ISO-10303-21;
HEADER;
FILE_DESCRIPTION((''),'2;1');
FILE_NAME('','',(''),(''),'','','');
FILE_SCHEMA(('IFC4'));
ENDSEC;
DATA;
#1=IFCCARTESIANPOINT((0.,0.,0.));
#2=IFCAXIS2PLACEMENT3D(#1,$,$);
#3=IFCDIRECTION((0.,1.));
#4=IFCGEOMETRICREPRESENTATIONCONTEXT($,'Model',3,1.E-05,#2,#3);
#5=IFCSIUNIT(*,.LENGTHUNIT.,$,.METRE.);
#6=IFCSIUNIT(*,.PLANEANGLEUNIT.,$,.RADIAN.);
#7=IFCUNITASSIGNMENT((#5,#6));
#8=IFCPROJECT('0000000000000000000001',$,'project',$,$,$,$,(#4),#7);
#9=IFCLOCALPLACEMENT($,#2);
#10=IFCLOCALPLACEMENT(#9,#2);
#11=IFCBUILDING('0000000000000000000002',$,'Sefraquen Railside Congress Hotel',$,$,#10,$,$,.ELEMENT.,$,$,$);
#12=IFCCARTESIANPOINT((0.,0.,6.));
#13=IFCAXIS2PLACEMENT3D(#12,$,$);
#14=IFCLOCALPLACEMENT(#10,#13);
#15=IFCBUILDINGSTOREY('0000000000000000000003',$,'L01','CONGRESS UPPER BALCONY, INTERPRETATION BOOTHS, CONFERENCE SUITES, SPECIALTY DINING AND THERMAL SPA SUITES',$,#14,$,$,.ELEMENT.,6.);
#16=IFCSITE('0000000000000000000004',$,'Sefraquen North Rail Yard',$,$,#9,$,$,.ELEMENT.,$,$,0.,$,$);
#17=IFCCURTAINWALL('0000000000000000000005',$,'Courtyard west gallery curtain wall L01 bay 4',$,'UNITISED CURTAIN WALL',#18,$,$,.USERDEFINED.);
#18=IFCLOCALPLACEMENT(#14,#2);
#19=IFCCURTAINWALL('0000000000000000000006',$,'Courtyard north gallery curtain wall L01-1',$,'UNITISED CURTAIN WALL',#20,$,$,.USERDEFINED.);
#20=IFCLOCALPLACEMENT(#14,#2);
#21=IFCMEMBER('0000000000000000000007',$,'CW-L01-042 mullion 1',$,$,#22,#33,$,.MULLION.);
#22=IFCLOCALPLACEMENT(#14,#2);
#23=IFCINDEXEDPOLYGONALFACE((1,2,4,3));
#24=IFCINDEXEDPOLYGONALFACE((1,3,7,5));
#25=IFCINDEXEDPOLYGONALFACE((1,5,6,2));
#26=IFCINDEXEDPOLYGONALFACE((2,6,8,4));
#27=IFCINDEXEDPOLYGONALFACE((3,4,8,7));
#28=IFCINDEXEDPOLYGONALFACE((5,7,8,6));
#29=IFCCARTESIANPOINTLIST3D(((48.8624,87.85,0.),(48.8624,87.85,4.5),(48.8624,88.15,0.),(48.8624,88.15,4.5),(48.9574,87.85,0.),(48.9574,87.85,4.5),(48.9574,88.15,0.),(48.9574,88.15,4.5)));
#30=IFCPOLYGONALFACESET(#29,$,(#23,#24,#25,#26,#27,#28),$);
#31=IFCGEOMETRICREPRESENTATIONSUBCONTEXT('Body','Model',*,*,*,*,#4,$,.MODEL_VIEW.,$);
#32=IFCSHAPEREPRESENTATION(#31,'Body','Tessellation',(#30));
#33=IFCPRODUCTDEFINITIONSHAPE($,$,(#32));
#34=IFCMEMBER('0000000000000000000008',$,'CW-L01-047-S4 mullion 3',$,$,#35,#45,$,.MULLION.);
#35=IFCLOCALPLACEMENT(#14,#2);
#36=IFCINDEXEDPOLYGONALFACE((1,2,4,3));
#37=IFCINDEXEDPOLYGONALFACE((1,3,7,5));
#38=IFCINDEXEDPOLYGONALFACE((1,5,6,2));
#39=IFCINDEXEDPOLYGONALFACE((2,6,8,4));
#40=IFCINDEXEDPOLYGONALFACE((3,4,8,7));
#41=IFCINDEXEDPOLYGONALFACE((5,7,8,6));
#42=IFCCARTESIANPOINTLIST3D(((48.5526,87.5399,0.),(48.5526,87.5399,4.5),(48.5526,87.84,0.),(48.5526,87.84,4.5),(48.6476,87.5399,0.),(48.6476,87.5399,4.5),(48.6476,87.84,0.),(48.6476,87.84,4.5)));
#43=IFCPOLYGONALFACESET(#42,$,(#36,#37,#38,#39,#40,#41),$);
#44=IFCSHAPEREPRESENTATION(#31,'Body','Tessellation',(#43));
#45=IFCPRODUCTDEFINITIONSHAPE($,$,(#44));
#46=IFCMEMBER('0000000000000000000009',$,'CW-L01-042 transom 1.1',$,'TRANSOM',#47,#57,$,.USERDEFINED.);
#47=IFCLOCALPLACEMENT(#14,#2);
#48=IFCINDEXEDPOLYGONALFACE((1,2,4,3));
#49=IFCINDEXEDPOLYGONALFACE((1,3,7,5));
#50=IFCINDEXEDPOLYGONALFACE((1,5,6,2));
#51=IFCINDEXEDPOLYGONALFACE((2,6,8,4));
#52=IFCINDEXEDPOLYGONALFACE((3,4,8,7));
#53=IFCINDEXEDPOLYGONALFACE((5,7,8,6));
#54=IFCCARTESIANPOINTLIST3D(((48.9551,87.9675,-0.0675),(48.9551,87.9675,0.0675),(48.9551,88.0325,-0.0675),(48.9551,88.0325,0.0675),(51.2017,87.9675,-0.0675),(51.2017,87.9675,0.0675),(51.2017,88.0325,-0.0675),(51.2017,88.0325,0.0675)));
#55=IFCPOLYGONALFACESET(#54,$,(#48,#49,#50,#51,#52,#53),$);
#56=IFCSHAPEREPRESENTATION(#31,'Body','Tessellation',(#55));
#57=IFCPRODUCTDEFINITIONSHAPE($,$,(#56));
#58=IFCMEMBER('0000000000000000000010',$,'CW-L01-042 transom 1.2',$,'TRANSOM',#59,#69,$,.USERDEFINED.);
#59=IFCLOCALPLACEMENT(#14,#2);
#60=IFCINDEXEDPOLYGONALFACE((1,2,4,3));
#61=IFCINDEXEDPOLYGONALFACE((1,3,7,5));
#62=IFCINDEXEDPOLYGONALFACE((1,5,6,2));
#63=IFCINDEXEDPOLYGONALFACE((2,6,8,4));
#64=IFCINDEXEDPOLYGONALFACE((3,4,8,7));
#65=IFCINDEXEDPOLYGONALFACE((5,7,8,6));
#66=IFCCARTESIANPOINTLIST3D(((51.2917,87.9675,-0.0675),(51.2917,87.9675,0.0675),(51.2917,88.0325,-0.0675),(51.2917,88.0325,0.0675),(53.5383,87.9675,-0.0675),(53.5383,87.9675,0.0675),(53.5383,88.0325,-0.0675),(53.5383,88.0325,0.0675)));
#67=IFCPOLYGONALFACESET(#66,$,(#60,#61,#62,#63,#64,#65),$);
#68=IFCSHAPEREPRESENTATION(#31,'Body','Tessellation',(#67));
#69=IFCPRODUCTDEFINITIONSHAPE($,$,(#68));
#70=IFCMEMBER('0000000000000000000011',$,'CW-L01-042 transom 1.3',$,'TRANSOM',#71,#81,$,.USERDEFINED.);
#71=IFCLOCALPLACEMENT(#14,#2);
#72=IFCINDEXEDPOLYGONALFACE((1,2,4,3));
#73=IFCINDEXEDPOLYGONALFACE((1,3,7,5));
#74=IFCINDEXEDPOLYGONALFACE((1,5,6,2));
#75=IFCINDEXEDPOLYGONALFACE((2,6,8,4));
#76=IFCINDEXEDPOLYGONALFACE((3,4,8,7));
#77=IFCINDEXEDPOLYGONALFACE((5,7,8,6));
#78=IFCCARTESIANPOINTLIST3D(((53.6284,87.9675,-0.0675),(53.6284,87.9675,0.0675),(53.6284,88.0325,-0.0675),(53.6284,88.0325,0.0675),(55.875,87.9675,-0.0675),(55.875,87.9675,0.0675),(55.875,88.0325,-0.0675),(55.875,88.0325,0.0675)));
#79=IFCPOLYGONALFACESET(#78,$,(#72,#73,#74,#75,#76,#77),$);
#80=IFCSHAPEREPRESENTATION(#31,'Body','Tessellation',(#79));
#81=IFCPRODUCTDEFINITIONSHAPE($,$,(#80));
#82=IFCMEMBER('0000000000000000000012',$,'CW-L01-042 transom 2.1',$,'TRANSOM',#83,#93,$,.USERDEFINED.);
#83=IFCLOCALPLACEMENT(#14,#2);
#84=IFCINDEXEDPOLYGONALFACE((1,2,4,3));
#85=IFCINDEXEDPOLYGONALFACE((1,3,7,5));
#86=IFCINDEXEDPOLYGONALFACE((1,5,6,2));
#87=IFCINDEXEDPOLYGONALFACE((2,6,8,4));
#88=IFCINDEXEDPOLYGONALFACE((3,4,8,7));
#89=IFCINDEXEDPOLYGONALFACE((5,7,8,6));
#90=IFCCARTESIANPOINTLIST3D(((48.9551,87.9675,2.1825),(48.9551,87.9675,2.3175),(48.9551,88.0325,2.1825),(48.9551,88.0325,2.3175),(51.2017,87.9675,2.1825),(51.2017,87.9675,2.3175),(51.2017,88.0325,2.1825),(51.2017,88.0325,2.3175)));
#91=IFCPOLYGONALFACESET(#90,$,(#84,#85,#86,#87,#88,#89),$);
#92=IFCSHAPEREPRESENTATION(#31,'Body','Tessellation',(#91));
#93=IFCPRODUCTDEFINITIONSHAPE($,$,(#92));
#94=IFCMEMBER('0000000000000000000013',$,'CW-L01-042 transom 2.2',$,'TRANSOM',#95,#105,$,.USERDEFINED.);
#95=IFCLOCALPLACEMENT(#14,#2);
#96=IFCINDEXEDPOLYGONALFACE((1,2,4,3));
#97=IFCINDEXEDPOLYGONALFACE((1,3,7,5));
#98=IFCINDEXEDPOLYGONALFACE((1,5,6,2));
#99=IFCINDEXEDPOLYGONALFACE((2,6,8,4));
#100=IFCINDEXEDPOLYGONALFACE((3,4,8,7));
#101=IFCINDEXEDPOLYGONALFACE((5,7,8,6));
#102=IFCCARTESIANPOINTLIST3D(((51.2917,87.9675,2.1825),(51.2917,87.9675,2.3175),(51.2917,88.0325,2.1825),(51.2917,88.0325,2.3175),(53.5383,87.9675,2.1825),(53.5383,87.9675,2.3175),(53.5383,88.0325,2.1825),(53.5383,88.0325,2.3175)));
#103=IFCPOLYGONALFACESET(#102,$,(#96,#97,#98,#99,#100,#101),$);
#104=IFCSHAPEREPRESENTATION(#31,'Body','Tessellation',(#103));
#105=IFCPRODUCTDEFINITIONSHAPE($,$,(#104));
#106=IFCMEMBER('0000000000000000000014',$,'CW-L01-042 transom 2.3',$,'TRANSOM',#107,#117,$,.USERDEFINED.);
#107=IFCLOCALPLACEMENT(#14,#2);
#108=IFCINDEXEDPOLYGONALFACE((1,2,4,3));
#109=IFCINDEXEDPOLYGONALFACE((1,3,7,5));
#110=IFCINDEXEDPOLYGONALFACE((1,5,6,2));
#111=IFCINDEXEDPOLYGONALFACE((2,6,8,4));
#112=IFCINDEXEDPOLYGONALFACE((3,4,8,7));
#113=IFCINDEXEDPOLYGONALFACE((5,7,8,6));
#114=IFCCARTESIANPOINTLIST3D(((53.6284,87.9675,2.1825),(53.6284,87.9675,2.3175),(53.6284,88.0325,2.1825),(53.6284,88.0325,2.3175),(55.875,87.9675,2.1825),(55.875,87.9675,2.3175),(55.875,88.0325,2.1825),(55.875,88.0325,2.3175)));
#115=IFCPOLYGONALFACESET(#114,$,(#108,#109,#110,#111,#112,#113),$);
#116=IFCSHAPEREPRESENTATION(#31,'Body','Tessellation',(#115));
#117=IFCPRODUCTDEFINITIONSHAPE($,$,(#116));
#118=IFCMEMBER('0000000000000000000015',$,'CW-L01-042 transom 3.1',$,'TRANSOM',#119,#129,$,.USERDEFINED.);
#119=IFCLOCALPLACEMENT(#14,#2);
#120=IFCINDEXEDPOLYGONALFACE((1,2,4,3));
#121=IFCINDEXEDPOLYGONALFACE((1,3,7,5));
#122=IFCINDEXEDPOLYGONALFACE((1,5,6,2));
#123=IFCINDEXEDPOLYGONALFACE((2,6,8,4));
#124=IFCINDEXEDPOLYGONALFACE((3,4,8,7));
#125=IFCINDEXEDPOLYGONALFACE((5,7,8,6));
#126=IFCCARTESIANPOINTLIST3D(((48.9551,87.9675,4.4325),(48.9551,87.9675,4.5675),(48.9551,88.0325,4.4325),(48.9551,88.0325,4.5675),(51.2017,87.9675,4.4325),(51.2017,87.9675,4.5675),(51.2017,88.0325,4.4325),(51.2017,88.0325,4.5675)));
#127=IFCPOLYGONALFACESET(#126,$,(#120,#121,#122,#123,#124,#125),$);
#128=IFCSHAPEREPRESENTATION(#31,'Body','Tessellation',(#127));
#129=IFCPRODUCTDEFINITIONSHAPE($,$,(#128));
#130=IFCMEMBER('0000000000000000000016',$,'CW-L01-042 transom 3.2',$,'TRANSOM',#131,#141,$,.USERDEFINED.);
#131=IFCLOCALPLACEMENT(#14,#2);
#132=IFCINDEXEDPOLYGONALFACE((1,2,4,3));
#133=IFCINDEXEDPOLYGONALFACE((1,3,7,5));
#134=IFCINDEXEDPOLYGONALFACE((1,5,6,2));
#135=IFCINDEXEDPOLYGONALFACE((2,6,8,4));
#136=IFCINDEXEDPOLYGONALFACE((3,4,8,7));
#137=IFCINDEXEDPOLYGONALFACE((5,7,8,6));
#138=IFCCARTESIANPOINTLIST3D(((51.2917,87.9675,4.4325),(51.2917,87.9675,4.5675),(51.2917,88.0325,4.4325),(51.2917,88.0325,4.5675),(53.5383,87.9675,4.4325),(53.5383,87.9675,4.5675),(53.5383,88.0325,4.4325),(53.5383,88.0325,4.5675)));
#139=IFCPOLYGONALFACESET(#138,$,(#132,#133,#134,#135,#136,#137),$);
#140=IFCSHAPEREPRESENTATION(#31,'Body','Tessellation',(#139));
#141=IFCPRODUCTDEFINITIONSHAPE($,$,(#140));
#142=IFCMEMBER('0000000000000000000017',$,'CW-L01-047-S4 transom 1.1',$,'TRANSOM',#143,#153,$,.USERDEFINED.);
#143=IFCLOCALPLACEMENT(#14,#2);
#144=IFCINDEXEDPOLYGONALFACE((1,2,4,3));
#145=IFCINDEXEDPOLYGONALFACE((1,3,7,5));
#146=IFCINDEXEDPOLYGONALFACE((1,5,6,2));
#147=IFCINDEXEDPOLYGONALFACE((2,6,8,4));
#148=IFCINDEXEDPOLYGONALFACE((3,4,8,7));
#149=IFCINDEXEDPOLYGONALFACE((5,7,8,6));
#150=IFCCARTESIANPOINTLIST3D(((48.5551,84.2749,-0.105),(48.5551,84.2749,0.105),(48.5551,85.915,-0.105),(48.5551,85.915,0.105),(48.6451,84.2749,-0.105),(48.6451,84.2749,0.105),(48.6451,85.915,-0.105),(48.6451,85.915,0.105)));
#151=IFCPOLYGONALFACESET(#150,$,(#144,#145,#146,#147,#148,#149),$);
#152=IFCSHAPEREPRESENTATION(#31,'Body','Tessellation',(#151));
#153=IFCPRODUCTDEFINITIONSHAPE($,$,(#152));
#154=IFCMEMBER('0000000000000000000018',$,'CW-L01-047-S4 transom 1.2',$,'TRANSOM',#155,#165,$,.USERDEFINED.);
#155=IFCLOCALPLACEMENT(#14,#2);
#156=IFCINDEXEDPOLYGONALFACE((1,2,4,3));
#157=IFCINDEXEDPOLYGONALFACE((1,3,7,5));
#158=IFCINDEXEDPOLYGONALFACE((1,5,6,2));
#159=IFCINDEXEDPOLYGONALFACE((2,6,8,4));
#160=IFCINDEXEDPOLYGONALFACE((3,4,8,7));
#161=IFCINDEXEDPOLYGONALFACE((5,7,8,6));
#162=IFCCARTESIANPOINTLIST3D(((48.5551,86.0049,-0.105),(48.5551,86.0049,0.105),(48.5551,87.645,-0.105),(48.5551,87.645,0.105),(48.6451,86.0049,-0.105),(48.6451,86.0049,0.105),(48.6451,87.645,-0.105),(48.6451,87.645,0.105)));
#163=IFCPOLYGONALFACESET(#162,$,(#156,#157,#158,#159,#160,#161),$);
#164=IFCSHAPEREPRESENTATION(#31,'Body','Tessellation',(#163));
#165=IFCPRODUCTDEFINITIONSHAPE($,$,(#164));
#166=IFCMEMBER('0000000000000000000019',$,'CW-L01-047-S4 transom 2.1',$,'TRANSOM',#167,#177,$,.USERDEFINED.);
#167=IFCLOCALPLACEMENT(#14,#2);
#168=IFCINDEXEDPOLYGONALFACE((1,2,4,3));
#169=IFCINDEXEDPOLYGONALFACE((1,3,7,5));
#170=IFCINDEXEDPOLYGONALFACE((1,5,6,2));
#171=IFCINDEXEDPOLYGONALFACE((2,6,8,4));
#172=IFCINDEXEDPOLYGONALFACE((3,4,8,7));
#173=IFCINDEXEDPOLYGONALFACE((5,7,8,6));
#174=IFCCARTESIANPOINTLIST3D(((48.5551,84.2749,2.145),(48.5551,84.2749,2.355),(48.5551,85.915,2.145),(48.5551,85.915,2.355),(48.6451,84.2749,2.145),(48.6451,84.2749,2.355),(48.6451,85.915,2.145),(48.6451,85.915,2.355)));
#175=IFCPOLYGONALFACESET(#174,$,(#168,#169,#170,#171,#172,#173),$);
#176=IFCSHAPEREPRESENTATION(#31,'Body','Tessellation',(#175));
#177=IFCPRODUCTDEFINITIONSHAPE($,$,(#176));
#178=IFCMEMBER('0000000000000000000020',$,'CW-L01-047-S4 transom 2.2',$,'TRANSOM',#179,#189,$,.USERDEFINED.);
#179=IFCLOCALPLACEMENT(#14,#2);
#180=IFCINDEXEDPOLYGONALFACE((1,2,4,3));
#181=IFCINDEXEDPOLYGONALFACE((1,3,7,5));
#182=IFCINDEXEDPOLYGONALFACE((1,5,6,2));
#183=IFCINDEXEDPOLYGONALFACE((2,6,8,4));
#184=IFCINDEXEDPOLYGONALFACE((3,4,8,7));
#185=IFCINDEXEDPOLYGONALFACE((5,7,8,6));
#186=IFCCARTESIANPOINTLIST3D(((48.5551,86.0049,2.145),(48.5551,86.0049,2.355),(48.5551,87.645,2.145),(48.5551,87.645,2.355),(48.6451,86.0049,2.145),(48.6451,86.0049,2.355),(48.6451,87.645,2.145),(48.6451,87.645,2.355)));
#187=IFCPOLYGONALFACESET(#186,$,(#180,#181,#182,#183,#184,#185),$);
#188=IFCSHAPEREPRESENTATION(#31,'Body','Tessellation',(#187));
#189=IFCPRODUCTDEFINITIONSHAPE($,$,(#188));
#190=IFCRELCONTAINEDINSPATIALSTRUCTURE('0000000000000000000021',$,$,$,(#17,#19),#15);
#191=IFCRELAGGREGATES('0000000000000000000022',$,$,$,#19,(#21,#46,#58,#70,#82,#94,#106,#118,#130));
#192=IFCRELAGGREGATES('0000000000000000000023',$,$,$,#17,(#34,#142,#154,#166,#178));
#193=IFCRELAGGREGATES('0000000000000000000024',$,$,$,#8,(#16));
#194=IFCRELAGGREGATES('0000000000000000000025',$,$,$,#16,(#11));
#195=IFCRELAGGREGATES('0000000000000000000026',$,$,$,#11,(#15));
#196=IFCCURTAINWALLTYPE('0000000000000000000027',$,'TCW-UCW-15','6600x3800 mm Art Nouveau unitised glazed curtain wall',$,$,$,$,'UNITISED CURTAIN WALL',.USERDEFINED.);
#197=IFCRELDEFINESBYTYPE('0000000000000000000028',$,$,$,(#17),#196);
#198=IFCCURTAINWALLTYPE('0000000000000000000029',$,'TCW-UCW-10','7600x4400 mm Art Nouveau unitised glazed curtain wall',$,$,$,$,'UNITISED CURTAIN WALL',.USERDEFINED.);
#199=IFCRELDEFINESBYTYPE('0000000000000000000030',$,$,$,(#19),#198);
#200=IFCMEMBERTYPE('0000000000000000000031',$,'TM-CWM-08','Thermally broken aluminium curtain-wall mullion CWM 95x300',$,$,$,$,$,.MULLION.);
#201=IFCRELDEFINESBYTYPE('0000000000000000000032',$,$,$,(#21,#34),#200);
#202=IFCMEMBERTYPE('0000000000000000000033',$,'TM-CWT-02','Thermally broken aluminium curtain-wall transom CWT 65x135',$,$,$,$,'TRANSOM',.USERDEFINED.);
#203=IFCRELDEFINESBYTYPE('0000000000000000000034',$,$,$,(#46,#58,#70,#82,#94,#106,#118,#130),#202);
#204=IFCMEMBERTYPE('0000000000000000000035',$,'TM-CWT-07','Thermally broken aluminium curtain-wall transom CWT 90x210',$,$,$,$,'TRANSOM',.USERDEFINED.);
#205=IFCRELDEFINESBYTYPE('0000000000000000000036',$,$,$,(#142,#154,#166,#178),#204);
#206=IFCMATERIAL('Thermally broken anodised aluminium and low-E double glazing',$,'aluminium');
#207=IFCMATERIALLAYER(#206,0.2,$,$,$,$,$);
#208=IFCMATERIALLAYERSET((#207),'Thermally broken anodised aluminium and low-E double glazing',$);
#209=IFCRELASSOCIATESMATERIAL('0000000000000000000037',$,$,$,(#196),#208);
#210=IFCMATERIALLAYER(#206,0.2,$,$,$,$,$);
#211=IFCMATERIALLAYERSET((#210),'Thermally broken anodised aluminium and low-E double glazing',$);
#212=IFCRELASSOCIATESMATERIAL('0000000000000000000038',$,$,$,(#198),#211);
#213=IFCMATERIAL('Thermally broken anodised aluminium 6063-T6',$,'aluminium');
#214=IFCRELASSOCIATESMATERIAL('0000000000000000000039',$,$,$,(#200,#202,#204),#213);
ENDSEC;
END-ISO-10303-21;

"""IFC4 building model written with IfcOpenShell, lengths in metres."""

from ifc_helpers import new_model, si_unit, direction, frame, origin, origin_2d, place, context, subcontext, project, spatial, rectangle, extrude, material, layer, layer_set, material_profile, profile_set, type_object, element, aggregate, save


model = new_model("IFC4")

# Units and contexts
model_context = context("Model", 3, precision=1e-05, world=origin(), true_north=direction((0.0, 1.0)))
body_context = subcontext(model_context, "Body", "Model", "MODEL_VIEW")
ifc_project = project(units=[si_unit("LENGTHUNIT", "METRE"), si_unit("PLANEANGLEUNIT", "RADIAN")], contexts=[model_context])

# Site, building, storey
site_placement = place(None, origin())
site = spatial("IfcSite", under=ifc_project, at=site_placement, Name="Sefraquen North Rail Yard", CompositionType="ELEMENT", RefElevation=0.0)
building_placement = place(site_placement, origin())
building = spatial("IfcBuilding", under=site, at=building_placement, Name="Sefraquen Railside Congress Hotel", CompositionType="ELEMENT")
storey_placement = place(building_placement, frame((0.0, 0.0, 6.0)))
storey = spatial("IfcBuildingStorey", under=building, at=storey_placement, Name="L01", Description="CONGRESS UPPER BALCONY, INTERPRETATION BOOTHS, CONFERENCE SUITES, SPECIALTY DINING AND THERMAL SPA SUITES", CompositionType="ELEMENT", Elevation=6.0)

# Curtain wall
ifc_material_1 = material(Name="Thermally broken anodised aluminium and low-E double glazing", Category="aluminium")
ifc_layer_1 = layer(ifc_material_1, 0.2)
ifc_layer_set_1 = layer_set([ifc_layer_1], Name="Thermally broken anodised aluminium and low-E double glazing")
curtain_wall_type_1 = type_object("IfcCurtainWallType", Name="TCW-UCW-15", Description="6600x3800 mm Art Nouveau unitised glazed curtain wall", ElementType="UNITISED CURTAIN WALL", PredefinedType="USERDEFINED", material=ifc_layer_set_1)
curtain_wall_1_placement = place(storey_placement, origin())
curtain_wall_1 = element("IfcCurtainWall", 1, at=curtain_wall_1_placement, inside=storey, type_object=curtain_wall_type_1, Name="Courtyard west gallery curtain wall L01 bay 4", ObjectType="UNITISED CURTAIN WALL", PredefinedType="USERDEFINED")
ifc_material_2 = material(Name="Thermally broken anodised aluminium 6063-T6", Category="aluminium")

# Curtain wall, member
ifc_layer_2 = layer(ifc_material_1, 0.2)
ifc_layer_set_2 = layer_set([ifc_layer_2], Name="Thermally broken anodised aluminium and low-E double glazing")
curtain_wall_type_2 = type_object("IfcCurtainWallType", Name="TCW-UCW-10", Description="7600x4400 mm Art Nouveau unitised glazed curtain wall", ElementType="UNITISED CURTAIN WALL", PredefinedType="USERDEFINED", material=ifc_layer_set_2)
curtain_wall_2_placement = place(storey_placement, origin())
curtain_wall_2 = element("IfcCurtainWall", 2, at=curtain_wall_2_placement, inside=storey, type_object=curtain_wall_type_2, Name="Courtyard north gallery curtain wall L01-1", ObjectType="UNITISED CURTAIN WALL", PredefinedType="USERDEFINED")
ifc_material_profile_1 = material_profile(ifc_material_2, rectangle(XDim=0.095, YDim=0.3, at=origin_2d()), Name="CWM 95x300")
ifc_profile_set_1 = profile_set([ifc_material_profile_1], Name="Thermally broken anodised aluminium 6063-T6")
member_type_1 = type_object("IfcMemberType", Name="TM-CWM-08", Description="Thermally broken aluminium curtain-wall mullion CWM 95x300", PredefinedType="MULLION", material=ifc_profile_set_1)
member_1_placement = place(storey_placement, frame((48.9099, 88.0, 0.0), z_axis=(0.0, 0.0, 1.0), x_axis=(1.0, 0.0, 0.0)))
member_1 = element("IfcMember", 3, at=member_1_placement, type_object=member_type_1, Name="CW-L01-042 mullion 1", PredefinedType="MULLION", context=body_context, shape_type="SweptSolid", body=[
    extrude(rectangle(XDim=0.095, YDim=0.3, at=origin_2d()), origin(), (0.0, 0.0, 1.0), 4.5),
])

# Members
member_2_placement = place(storey_placement, frame((48.6001, 87.6899, 0.0), z_axis=(0.0, 0.0, 1.0), x_axis=(1.0, 0.0, 0.0)))
member_2 = element("IfcMember", 4, at=member_2_placement, type_object=member_type_1, Name="CW-L01-047-S4 mullion 3", PredefinedType="MULLION", context=body_context, shape_type="SweptSolid", body=[
    extrude(rectangle(XDim=0.095, YDim=0.3, at=origin_2d()), origin(), (0.0, 0.0, 1.0), 4.5),
])
ifc_material_profile_2 = material_profile(ifc_material_2, rectangle(XDim=0.0649, YDim=0.135, at=origin_2d()), Name="CWT 65x135")
ifc_profile_set_2 = profile_set([ifc_material_profile_2], Name="Thermally broken anodised aluminium 6063-T6")
member_type_2 = type_object("IfcMemberType", Name="TM-CWT-02", Description="Thermally broken aluminium curtain-wall transom CWT 65x135", ElementType="TRANSOM", PredefinedType="USERDEFINED", material=ifc_profile_set_2)
member_3_placement = place(storey_placement, frame((48.9551, 88.0, 0.0), z_axis=(1.0, 0.0, 0.0), x_axis=(0.0, 1.0, 0.0)))
member_3 = element("IfcMember", 5, at=member_3_placement, type_object=member_type_2, Name="CW-L01-042 transom 1.1", ObjectType="TRANSOM", PredefinedType="USERDEFINED", context=body_context, shape_type="SweptSolid", body=[
    extrude(rectangle(XDim=0.0649, YDim=0.135, at=origin_2d()), origin(), (0.0, 0.0, 1.0), 2.2466),
])
member_4_placement = place(storey_placement, frame((51.2917, 88.0, 0.0), z_axis=(1.0, 0.0, 0.0), x_axis=(0.0, 1.0, 0.0)))
member_4 = element("IfcMember", 6, at=member_4_placement, type_object=member_type_2, Name="CW-L01-042 transom 1.2", ObjectType="TRANSOM", PredefinedType="USERDEFINED", context=body_context, shape_type="SweptSolid", body=[
    extrude(rectangle(XDim=0.0649, YDim=0.135, at=origin_2d()), origin(), (0.0, 0.0, 1.0), 2.2466),
])
member_5_placement = place(storey_placement, frame((53.6284, 88.0, 0.0), z_axis=(1.0, 0.0, 0.0), x_axis=(0.0, 1.0, 0.0)))
member_5 = element("IfcMember", 7, at=member_5_placement, type_object=member_type_2, Name="CW-L01-042 transom 1.3", ObjectType="TRANSOM", PredefinedType="USERDEFINED", context=body_context, shape_type="SweptSolid", body=[
    extrude(rectangle(XDim=0.0649, YDim=0.135, at=origin_2d()), origin(), (0.0, 0.0, 1.0), 2.2466),
])
member_6_placement = place(storey_placement, frame((48.9551, 88.0, 2.25), z_axis=(1.0, 0.0, 0.0), x_axis=(0.0, 1.0, 0.0)))
member_6 = element("IfcMember", 8, at=member_6_placement, type_object=member_type_2, Name="CW-L01-042 transom 2.1", ObjectType="TRANSOM", PredefinedType="USERDEFINED", context=body_context, shape_type="SweptSolid", body=[
    extrude(rectangle(XDim=0.0649, YDim=0.135, at=origin_2d()), origin(), (0.0, 0.0, 1.0), 2.2466),
])
member_7_placement = place(storey_placement, frame((51.2917, 88.0, 2.25), z_axis=(1.0, 0.0, 0.0), x_axis=(0.0, 1.0, 0.0)))
member_7 = element("IfcMember", 9, at=member_7_placement, type_object=member_type_2, Name="CW-L01-042 transom 2.2", ObjectType="TRANSOM", PredefinedType="USERDEFINED", context=body_context, shape_type="SweptSolid", body=[
    extrude(rectangle(XDim=0.0649, YDim=0.135, at=origin_2d()), origin(), (0.0, 0.0, 1.0), 2.2466),
])
member_8_placement = place(storey_placement, frame((53.6284, 88.0, 2.25), z_axis=(1.0, 0.0, 0.0), x_axis=(0.0, 1.0, 0.0)))
member_8 = element("IfcMember", 10, at=member_8_placement, type_object=member_type_2, Name="CW-L01-042 transom 2.3", ObjectType="TRANSOM", PredefinedType="USERDEFINED", context=body_context, shape_type="SweptSolid", body=[
    extrude(rectangle(XDim=0.0649, YDim=0.135, at=origin_2d()), origin(), (0.0, 0.0, 1.0), 2.2466),
])
member_9_placement = place(storey_placement, frame((48.9551, 88.0, 4.5), z_axis=(1.0, 0.0, 0.0), x_axis=(0.0, 1.0, 0.0)))
member_9 = element("IfcMember", 11, at=member_9_placement, type_object=member_type_2, Name="CW-L01-042 transom 3.1", ObjectType="TRANSOM", PredefinedType="USERDEFINED", context=body_context, shape_type="SweptSolid", body=[
    extrude(rectangle(XDim=0.0649, YDim=0.135, at=origin_2d()), origin(), (0.0, 0.0, 1.0), 2.2466),
])
member_10_placement = place(storey_placement, frame((51.2917, 88.0, 4.5), z_axis=(1.0, 0.0, 0.0), x_axis=(0.0, 1.0, 0.0)))
member_10 = element("IfcMember", 12, at=member_10_placement, type_object=member_type_2, Name="CW-L01-042 transom 3.2", ObjectType="TRANSOM", PredefinedType="USERDEFINED", context=body_context, shape_type="SweptSolid", body=[
    extrude(rectangle(XDim=0.0649, YDim=0.135, at=origin_2d()), origin(), (0.0, 0.0, 1.0), 2.2466),
])
ifc_material_profile_3 = material_profile(ifc_material_2, rectangle(XDim=0.0901, YDim=0.21, at=origin_2d()), Name="CWT 90x210")
ifc_profile_set_3 = profile_set([ifc_material_profile_3], Name="Thermally broken anodised aluminium 6063-T6")
member_type_3 = type_object("IfcMemberType", Name="TM-CWT-07", Description="Thermally broken aluminium curtain-wall transom CWT 90x210", ElementType="TRANSOM", PredefinedType="USERDEFINED", material=ifc_profile_set_3)
member_11_placement = place(storey_placement, frame((48.6001, 84.2749, 0.0), z_axis=(0.0, 1.0, 0.0), x_axis=(-1.0, 0.0, 0.0)))
member_11 = element("IfcMember", 13, at=member_11_placement, type_object=member_type_3, Name="CW-L01-047-S4 transom 1.1", ObjectType="TRANSOM", PredefinedType="USERDEFINED", context=body_context, shape_type="SweptSolid", body=[
    extrude(rectangle(XDim=0.0901, YDim=0.21, at=origin_2d()), origin(), (0.0, 0.0, 1.0), 1.6401),
])
member_12_placement = place(storey_placement, frame((48.6001, 86.0049, 0.0), z_axis=(0.0, 1.0, 0.0), x_axis=(-1.0, 0.0, 0.0)))
member_12 = element("IfcMember", 14, at=member_12_placement, type_object=member_type_3, Name="CW-L01-047-S4 transom 1.2", ObjectType="TRANSOM", PredefinedType="USERDEFINED", context=body_context, shape_type="SweptSolid", body=[
    extrude(rectangle(XDim=0.0901, YDim=0.21, at=origin_2d()), origin(), (0.0, 0.0, 1.0), 1.6401),
])
member_13_placement = place(storey_placement, frame((48.6001, 84.2749, 2.25), z_axis=(0.0, 1.0, 0.0), x_axis=(-1.0, 0.0, 0.0)))
member_13 = element("IfcMember", 15, at=member_13_placement, type_object=member_type_3, Name="CW-L01-047-S4 transom 2.1", ObjectType="TRANSOM", PredefinedType="USERDEFINED", context=body_context, shape_type="SweptSolid", body=[
    extrude(rectangle(XDim=0.0901, YDim=0.21, at=origin_2d()), origin(), (0.0, 0.0, 1.0), 1.6401),
])
member_14_placement = place(storey_placement, frame((48.6001, 86.0049, 2.25), z_axis=(0.0, 1.0, 0.0), x_axis=(-1.0, 0.0, 0.0)))
member_14 = element("IfcMember", 16, at=member_14_placement, type_object=member_type_3, Name="CW-L01-047-S4 transom 2.2", ObjectType="TRANSOM", PredefinedType="USERDEFINED", context=body_context, shape_type="SweptSolid", body=[
    extrude(rectangle(XDim=0.0901, YDim=0.21, at=origin_2d()), origin(), (0.0, 0.0, 1.0), 1.6401),
])

aggregate(curtain_wall_2, [member_1, member_3, member_4, member_5, member_6, member_7, member_8, member_9, member_10])
aggregate(curtain_wall_1, [member_2, member_11, member_12, member_13, member_14])

save(model, "model.ifc")
